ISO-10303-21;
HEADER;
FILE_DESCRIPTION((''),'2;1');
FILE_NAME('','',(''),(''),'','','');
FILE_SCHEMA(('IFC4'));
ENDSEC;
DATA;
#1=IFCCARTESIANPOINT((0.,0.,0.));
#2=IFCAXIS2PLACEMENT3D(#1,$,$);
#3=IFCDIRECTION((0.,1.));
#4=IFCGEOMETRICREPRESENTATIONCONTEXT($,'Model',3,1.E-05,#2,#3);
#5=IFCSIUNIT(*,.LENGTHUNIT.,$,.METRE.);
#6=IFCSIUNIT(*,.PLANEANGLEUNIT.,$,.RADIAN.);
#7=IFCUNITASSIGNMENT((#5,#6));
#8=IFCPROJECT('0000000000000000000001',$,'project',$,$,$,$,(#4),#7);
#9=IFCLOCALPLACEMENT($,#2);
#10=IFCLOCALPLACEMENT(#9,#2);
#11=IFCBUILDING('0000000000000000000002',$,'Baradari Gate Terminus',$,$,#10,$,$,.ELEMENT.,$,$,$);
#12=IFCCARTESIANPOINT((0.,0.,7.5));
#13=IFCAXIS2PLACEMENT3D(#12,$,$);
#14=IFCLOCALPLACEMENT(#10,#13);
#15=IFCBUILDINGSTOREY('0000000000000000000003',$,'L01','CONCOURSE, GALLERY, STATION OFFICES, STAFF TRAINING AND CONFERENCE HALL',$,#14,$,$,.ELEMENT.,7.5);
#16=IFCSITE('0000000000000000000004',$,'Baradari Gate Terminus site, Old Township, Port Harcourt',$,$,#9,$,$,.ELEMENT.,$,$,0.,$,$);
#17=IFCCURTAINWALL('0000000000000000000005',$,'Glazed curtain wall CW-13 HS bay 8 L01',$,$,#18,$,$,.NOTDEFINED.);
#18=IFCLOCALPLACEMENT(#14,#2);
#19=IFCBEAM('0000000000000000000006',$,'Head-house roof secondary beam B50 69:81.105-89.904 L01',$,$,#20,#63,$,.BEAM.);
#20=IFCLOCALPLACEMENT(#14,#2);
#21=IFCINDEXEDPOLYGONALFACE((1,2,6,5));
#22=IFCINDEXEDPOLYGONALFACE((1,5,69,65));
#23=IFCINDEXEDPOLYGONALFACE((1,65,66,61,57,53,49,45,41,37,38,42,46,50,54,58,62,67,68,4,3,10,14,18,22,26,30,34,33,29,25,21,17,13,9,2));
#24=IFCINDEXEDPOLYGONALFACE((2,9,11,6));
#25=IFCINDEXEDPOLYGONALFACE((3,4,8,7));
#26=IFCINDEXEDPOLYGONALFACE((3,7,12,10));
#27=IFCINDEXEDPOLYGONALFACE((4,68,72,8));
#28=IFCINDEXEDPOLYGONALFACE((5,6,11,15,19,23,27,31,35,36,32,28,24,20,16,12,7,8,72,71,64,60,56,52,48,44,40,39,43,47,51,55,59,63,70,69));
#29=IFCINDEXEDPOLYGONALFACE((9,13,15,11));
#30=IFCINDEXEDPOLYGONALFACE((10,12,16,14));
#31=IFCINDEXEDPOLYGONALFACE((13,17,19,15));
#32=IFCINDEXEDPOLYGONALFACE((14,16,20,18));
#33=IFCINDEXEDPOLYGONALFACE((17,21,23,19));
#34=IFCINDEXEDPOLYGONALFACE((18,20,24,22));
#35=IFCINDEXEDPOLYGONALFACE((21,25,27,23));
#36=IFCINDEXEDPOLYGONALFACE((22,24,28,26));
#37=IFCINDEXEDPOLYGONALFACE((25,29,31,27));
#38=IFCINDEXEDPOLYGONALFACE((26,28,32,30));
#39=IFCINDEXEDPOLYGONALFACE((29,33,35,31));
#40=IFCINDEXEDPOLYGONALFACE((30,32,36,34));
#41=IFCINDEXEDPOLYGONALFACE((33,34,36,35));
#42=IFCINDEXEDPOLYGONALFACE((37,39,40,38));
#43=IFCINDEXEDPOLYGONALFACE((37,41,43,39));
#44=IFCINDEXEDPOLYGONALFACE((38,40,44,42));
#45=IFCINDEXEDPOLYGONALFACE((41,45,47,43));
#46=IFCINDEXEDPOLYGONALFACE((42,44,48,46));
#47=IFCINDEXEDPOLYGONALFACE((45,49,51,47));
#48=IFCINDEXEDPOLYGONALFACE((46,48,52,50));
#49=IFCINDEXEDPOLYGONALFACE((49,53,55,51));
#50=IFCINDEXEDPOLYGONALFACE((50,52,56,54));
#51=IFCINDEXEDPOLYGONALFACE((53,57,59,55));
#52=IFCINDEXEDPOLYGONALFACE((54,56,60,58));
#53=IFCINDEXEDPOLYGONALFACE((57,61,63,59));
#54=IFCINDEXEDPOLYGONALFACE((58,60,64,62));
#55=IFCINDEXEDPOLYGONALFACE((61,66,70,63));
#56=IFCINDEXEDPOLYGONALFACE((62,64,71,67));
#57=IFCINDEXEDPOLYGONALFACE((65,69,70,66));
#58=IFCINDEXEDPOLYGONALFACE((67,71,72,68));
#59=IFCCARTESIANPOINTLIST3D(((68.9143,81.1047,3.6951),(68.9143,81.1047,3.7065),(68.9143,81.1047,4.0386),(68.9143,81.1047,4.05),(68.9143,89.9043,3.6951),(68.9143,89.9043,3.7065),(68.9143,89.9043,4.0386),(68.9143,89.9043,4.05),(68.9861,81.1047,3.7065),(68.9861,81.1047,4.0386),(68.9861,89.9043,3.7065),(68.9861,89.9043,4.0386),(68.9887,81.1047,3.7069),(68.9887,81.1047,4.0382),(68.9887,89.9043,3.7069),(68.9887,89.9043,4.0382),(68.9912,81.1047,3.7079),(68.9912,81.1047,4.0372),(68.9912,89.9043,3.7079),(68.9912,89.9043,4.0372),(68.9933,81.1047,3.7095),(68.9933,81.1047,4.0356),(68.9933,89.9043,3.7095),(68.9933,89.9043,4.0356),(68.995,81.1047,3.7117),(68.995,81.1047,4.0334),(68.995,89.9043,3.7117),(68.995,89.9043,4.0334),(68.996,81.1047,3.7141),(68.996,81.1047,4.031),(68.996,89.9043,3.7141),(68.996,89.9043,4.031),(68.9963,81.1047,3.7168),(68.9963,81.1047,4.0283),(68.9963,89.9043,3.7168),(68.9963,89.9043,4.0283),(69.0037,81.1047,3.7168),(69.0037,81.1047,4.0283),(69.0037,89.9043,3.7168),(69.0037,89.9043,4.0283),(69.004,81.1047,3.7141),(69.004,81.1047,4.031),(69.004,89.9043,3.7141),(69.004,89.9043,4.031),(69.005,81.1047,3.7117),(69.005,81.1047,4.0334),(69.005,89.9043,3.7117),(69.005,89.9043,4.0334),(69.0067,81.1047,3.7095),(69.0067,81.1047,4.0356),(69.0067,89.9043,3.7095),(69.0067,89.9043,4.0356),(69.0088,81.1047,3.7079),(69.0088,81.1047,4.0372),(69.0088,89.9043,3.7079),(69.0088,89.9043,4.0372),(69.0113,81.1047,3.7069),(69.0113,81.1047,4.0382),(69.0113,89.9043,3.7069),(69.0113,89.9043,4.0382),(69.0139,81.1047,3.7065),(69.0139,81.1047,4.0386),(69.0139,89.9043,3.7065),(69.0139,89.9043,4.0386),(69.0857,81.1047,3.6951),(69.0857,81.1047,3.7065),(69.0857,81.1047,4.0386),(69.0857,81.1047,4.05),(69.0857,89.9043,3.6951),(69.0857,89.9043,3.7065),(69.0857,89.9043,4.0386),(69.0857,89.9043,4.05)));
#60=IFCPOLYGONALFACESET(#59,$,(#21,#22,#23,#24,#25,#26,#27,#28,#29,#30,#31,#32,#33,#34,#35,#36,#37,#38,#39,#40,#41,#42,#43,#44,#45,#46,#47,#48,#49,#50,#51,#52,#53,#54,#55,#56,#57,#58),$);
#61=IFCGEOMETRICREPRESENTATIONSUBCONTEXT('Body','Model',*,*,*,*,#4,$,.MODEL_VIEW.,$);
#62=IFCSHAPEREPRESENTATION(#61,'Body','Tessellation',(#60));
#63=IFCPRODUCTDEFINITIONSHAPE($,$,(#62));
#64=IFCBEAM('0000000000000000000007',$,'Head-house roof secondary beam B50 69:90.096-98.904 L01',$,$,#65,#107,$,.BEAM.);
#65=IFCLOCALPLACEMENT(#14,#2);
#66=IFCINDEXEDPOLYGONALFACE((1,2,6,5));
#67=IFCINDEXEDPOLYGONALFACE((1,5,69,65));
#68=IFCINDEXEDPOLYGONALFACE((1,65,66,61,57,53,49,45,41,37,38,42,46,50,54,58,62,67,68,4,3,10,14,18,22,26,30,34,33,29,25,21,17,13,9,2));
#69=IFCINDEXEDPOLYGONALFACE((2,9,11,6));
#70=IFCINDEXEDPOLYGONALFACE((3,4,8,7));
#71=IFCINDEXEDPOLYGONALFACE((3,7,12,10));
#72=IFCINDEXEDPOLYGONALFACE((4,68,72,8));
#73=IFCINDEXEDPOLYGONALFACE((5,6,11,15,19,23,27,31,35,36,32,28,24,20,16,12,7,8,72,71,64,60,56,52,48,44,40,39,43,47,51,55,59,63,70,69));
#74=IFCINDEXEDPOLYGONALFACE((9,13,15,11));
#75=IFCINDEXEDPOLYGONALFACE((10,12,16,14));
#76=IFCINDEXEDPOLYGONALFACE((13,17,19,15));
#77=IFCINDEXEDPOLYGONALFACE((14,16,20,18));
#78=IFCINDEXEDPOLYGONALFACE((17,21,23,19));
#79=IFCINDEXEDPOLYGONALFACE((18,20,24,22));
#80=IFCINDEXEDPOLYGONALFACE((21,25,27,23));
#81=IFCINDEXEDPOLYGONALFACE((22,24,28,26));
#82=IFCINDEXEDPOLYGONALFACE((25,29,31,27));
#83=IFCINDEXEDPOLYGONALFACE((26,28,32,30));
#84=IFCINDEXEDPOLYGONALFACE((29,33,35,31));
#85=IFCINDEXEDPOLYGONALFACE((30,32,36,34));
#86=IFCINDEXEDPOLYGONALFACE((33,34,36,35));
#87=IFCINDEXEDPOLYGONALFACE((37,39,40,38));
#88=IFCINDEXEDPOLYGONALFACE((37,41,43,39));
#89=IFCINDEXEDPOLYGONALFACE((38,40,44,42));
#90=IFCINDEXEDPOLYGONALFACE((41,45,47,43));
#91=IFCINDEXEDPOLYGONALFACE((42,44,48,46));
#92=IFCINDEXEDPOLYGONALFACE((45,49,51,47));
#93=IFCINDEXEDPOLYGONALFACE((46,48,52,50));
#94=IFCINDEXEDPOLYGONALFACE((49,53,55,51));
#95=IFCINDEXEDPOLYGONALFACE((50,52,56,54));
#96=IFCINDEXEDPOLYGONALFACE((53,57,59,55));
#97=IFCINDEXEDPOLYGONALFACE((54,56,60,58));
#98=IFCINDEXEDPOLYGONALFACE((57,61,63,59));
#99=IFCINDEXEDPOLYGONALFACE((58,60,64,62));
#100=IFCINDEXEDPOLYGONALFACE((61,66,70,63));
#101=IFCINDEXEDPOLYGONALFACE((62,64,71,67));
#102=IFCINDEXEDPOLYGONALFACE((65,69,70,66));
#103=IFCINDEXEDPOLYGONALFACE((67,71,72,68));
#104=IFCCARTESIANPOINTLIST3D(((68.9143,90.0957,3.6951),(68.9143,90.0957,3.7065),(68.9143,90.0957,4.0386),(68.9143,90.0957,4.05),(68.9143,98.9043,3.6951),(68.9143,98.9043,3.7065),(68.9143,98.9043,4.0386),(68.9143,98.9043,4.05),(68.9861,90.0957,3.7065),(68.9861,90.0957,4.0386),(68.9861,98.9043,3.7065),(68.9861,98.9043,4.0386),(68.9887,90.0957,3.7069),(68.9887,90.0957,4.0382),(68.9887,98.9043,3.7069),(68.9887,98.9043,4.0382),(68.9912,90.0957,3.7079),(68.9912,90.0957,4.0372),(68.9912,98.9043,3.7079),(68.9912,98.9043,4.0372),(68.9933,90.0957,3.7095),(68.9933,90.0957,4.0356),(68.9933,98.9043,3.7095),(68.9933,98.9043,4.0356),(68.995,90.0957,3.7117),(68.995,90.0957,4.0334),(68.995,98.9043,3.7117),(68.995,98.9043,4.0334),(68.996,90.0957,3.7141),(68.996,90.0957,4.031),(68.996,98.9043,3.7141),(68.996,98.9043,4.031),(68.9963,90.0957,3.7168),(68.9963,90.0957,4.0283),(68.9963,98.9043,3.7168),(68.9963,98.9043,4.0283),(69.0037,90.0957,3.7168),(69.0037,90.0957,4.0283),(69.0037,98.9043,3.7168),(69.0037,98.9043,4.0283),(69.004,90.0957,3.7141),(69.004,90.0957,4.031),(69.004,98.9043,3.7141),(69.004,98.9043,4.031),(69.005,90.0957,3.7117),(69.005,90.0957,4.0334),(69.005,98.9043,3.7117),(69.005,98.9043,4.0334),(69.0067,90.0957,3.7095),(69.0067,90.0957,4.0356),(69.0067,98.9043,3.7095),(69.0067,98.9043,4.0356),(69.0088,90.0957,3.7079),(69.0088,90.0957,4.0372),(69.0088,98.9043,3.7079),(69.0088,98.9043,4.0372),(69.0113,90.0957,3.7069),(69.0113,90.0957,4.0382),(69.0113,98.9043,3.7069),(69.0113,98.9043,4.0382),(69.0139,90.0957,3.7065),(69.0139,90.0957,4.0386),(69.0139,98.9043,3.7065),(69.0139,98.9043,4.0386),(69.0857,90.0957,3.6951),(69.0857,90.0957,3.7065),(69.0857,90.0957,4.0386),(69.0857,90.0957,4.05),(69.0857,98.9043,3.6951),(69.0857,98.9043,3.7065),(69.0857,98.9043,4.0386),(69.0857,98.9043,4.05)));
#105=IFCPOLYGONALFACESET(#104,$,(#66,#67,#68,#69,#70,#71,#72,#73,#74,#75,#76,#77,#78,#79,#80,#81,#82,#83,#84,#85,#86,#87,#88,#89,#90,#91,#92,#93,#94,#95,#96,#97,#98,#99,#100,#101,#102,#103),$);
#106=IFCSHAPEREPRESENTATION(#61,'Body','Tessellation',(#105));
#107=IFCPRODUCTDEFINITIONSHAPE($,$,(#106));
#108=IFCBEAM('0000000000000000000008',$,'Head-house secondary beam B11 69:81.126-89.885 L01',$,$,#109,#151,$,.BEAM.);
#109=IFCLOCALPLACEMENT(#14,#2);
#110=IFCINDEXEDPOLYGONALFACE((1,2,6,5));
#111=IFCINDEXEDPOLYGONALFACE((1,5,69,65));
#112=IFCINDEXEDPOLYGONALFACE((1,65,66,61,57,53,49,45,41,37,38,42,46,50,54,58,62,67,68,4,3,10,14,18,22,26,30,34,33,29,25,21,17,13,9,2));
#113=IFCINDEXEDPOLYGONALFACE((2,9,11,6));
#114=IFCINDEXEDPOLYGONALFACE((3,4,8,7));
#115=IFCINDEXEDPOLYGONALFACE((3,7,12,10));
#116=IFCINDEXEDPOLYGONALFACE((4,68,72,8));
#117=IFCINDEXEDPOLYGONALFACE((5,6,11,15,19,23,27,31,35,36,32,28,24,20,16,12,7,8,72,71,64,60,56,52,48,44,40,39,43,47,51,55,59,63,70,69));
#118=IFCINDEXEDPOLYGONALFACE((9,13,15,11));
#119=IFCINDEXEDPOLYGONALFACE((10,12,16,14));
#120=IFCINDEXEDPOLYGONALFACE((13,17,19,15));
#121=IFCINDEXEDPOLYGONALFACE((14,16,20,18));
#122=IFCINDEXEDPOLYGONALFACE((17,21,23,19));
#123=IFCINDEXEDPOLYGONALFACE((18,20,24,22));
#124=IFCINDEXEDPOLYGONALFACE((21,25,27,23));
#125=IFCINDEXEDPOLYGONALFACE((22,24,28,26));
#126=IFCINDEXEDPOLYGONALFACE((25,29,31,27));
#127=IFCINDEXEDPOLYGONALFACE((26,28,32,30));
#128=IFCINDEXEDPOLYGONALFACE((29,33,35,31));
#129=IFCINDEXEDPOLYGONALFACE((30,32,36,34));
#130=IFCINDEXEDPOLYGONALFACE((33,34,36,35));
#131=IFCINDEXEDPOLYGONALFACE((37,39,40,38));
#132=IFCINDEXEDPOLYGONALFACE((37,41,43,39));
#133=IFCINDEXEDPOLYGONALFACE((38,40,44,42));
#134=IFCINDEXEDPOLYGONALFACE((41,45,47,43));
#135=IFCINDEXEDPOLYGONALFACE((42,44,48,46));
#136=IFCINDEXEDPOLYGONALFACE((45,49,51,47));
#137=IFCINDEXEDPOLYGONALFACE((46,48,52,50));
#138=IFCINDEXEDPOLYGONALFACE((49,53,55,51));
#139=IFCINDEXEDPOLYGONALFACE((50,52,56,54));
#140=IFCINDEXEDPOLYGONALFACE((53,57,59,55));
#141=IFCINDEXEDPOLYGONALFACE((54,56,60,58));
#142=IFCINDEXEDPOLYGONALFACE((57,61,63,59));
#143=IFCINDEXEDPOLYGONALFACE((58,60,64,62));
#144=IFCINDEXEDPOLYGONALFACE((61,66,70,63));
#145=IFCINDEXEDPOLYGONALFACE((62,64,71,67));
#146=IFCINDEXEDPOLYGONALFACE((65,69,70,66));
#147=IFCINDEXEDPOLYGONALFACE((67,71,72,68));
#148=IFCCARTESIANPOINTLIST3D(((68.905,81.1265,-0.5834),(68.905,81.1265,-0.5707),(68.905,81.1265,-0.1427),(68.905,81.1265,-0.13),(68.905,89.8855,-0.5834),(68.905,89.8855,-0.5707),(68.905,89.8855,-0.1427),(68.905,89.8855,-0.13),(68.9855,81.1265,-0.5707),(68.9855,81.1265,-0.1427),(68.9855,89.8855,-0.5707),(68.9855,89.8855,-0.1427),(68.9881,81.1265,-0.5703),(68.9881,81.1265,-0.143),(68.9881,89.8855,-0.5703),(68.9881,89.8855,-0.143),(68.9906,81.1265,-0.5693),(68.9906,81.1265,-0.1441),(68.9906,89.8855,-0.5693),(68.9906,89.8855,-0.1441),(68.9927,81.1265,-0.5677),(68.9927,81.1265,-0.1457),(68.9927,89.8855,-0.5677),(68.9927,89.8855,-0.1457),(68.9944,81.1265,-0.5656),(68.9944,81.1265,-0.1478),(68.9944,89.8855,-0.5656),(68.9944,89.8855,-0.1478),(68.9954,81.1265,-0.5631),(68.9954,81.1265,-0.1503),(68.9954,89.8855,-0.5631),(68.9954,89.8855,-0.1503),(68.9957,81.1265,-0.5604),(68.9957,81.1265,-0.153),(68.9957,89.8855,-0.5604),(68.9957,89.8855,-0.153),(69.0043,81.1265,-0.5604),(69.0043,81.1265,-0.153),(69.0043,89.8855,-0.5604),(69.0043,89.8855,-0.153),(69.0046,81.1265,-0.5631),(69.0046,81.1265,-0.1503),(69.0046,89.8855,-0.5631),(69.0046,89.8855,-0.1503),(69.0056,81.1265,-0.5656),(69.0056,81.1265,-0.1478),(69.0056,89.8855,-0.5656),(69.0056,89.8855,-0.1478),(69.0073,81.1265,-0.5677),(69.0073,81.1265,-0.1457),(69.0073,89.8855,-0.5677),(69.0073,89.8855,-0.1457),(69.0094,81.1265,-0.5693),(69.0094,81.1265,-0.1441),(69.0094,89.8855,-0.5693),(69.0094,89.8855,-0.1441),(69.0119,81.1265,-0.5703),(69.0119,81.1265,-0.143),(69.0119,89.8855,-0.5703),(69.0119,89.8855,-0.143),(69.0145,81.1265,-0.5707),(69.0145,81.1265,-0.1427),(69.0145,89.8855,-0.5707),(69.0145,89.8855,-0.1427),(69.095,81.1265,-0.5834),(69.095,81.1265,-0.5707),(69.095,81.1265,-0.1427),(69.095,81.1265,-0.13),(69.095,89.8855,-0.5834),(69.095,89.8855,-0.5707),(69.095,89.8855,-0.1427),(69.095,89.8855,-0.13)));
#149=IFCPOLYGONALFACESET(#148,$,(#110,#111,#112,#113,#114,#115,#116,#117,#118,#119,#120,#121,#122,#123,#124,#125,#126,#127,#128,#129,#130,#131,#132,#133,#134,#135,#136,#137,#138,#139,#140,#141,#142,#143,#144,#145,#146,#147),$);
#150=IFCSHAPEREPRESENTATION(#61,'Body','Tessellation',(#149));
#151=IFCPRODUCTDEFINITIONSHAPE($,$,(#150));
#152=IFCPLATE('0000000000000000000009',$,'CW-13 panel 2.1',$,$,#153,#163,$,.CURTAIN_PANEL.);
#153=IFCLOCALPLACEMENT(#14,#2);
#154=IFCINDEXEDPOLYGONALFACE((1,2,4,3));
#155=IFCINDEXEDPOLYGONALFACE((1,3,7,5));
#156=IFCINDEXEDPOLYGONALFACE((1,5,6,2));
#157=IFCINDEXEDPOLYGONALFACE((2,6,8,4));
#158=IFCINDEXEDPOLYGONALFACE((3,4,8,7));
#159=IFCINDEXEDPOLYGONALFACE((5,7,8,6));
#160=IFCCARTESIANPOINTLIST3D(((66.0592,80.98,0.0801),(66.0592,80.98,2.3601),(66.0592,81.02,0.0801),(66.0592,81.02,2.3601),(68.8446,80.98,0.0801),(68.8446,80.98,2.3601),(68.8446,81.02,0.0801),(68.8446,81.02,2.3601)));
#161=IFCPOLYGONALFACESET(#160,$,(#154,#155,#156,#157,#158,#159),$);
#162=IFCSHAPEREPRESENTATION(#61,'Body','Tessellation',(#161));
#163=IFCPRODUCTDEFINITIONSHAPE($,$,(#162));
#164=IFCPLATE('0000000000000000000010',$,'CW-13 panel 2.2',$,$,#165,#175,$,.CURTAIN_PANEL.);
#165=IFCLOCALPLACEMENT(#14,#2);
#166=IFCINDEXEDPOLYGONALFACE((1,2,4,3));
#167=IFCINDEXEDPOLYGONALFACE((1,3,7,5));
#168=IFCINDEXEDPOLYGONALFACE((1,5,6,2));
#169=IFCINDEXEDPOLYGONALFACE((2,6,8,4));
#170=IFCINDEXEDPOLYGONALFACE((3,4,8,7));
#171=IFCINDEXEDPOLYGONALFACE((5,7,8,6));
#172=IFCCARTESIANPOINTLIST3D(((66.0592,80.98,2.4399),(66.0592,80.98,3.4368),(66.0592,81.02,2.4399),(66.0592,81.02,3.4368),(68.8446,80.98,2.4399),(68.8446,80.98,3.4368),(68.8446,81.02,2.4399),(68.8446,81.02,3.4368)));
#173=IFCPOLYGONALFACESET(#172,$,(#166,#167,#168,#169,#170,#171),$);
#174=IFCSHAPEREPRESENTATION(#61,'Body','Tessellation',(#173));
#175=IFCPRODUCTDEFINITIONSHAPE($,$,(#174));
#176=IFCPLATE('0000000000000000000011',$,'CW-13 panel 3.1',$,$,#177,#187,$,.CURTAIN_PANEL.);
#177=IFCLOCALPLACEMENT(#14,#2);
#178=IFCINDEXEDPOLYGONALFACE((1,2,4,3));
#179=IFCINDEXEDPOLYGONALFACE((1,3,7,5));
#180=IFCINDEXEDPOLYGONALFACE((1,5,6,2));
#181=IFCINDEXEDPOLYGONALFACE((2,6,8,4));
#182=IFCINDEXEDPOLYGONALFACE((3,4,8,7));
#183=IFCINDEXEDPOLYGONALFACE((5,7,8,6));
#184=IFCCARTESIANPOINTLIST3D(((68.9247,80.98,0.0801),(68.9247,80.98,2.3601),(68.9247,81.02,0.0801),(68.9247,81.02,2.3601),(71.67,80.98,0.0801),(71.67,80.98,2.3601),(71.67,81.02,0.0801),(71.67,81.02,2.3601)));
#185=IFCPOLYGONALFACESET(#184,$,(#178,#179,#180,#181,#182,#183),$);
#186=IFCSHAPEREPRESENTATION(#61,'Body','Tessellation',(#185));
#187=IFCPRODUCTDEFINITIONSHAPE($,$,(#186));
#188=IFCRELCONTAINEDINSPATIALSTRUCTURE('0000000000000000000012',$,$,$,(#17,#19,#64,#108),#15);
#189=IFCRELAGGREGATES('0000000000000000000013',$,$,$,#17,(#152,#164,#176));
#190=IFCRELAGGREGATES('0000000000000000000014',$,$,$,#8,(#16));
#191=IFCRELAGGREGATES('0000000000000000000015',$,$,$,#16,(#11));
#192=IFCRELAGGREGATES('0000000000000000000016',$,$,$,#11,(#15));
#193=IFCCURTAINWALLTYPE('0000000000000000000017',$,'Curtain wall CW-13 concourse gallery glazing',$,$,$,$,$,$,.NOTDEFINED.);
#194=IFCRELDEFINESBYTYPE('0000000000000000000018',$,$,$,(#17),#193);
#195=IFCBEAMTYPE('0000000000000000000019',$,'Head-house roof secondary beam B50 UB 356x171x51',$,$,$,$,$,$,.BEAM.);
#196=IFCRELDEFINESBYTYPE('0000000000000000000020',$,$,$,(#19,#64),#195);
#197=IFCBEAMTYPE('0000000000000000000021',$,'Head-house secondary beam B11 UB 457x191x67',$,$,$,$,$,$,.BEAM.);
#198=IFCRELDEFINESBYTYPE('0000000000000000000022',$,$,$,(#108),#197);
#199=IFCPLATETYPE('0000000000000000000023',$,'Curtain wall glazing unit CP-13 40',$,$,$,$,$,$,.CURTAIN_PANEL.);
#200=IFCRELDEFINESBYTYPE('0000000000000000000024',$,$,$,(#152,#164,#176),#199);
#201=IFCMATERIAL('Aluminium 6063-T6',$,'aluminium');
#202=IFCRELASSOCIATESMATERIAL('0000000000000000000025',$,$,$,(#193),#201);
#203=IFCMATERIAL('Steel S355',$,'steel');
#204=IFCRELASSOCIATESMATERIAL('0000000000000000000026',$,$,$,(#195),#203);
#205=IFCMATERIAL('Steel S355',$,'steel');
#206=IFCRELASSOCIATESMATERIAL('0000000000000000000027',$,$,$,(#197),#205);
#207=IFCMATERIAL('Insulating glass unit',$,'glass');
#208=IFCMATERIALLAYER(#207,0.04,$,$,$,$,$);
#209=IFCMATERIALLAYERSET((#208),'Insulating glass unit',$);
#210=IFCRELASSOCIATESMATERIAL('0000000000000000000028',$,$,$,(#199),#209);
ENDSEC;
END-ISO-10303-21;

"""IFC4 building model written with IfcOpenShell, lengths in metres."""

from ifc_helpers import new_model, si_unit, direction, frame, origin, origin_2d, place, context, subcontext, project, spatial, rectangle, i_section, extrude, material, layer, layer_set, material_profile, profile_set, type_object, element, aggregate, save


model = new_model("IFC4")

# Units and contexts
model_context = context("Model", 3, precision=1e-05, world=origin(), true_north=direction((0.0, 1.0)))
body_context = subcontext(model_context, "Body", "Model", "MODEL_VIEW")
ifc_project = project(units=[si_unit("LENGTHUNIT", "METRE"), si_unit("PLANEANGLEUNIT", "RADIAN")], contexts=[model_context])

# Site, building, storey
site_placement = place(None, origin())
site = spatial("IfcSite", under=ifc_project, at=site_placement, Name="Baradari Gate Terminus site, Old Township, Port Harcourt", CompositionType="ELEMENT", RefElevation=0.0)
building_placement = place(site_placement, origin())
building = spatial("IfcBuilding", under=site, at=building_placement, Name="Baradari Gate Terminus", CompositionType="ELEMENT")
storey_placement = place(building_placement, frame((0.0, 0.0, 7.5)))
storey = spatial("IfcBuildingStorey", under=building, at=storey_placement, Name="L01", Description="CONCOURSE, GALLERY, STATION OFFICES, STAFF TRAINING AND CONFERENCE HALL", CompositionType="ELEMENT", Elevation=7.5)

# Curtain wall
ifc_material_1 = material(Name="Aluminium 6063-T6", Category="aluminium")
curtain_wall_type = type_object("IfcCurtainWallType", Name="Curtain wall CW-13 concourse gallery glazing", PredefinedType="NOTDEFINED", material=ifc_material_1)
curtain_wall_placement = place(storey_placement, origin())
curtain_wall = element("IfcCurtainWall", 1, at=curtain_wall_placement, inside=storey, type_object=curtain_wall_type, Name="Glazed curtain wall CW-13 HS bay 8 L01", PredefinedType="NOTDEFINED")

# Beams
ifc_material_2 = material(Name="Steel S355", Category="steel")
ifc_material_profile_1 = material_profile(ifc_material_2, i_section(OverallWidth=0.1714, OverallDepth=0.355, WebThickness=0.0073, FlangeThickness=0.0115, FilletRadius=0.0103, at=origin_2d()), Name="UB 356x171x51")
ifc_profile_set_1 = profile_set([ifc_material_profile_1], Name="Steel S355")
beam_type_1 = type_object("IfcBeamType", Name="Head-house roof secondary beam B50 UB 356x171x51", PredefinedType="BEAM", material=ifc_profile_set_1)
beam_1_placement = place(storey_placement, frame((69.0, 81.1047, 3.8726), z_axis=(0.0, 1.0, 0.0), x_axis=(-1.0, 0.0, 0.0)))
element("IfcBeam", 2, at=beam_1_placement, inside=storey, type_object=beam_type_1, Name="Head-house roof secondary beam B50 69:81.105-89.904 L01", PredefinedType="BEAM", context=body_context, shape_type="SweptSolid", body=[
    extrude(i_section(OverallWidth=0.1714, OverallDepth=0.355, WebThickness=0.0073, FlangeThickness=0.0115, FilletRadius=0.0103, at=origin_2d()), origin(), (0.0, 0.0, 1.0), 8.7996),
])
beam_2_placement = place(storey_placement, frame((69.0, 90.0957, 3.8726), z_axis=(0.0, 1.0, 0.0), x_axis=(-1.0, 0.0, 0.0)))
element("IfcBeam", 3, at=beam_2_placement, inside=storey, type_object=beam_type_1, Name="Head-house roof secondary beam B50 69:90.096-98.904 L01", PredefinedType="BEAM", context=body_context, shape_type="SweptSolid", body=[
    extrude(i_section(OverallWidth=0.1714, OverallDepth=0.355, WebThickness=0.0073, FlangeThickness=0.0115, FilletRadius=0.0103, at=origin_2d()), origin(), (0.0, 0.0, 1.0), 8.8086),
])
ifc_material_3 = material(Name="Steel S355", Category="steel")
ifc_material_profile_2 = material_profile(ifc_material_3, i_section(OverallWidth=0.1899, OverallDepth=0.4534, WebThickness=0.0085, FlangeThickness=0.0127, FilletRadius=0.0103, at=origin_2d()), Name="UB 457x191x67")
ifc_profile_set_2 = profile_set([ifc_material_profile_2], Name="Steel S355")
beam_type_2 = type_object("IfcBeamType", Name="Head-house secondary beam B11 UB 457x191x67", PredefinedType="BEAM", material=ifc_profile_set_2)
beam_3_placement = place(storey_placement, frame((69.0, 81.1265, -0.3567), z_axis=(0.0, 1.0, 0.0), x_axis=(-1.0, 0.0, 0.0)))
element("IfcBeam", 4, at=beam_3_placement, inside=storey, type_object=beam_type_2, Name="Head-house secondary beam B11 69:81.126-89.885 L01", PredefinedType="BEAM", context=body_context, shape_type="SweptSolid", body=[
    extrude(i_section(OverallWidth=0.1899, OverallDepth=0.4534, WebThickness=0.0085, FlangeThickness=0.0127, FilletRadius=0.0103, at=origin_2d()), origin(), (0.0, 0.0, 1.0), 8.759),
])

# Plates
ifc_material_4 = material(Name="Insulating glass unit", Category="glass")
ifc_layer_1 = layer(ifc_material_4, 0.04)
ifc_layer_set_1 = layer_set([ifc_layer_1], Name="Insulating glass unit")
plate_type = type_object("IfcPlateType", Name="Curtain wall glazing unit CP-13 40", PredefinedType="CURTAIN_PANEL", material=ifc_layer_set_1)
plate_1_placement = place(storey_placement, frame((67.4519, 81.0, 0.0801), z_axis=(0.0, 0.0, 1.0), x_axis=(1.0, 0.0, 0.0)))
plate_1 = element("IfcPlate", 5, at=plate_1_placement, type_object=plate_type, Name="CW-13 panel 2.1", PredefinedType="CURTAIN_PANEL", context=body_context, shape_type="SweptSolid", body=[
    extrude(rectangle(XDim=2.7854, YDim=0.04, at=origin_2d()), origin(), (0.0, 0.0, 1.0), 2.28),
])
plate_2_placement = place(storey_placement, frame((67.4519, 81.0, 2.4399), z_axis=(0.0, 0.0, 1.0), x_axis=(1.0, 0.0, 0.0)))
plate_2 = element("IfcPlate", 6, at=plate_2_placement, type_object=plate_type, Name="CW-13 panel 2.2", PredefinedType="CURTAIN_PANEL", context=body_context, shape_type="SweptSolid", body=[
    extrude(rectangle(XDim=2.7854, YDim=0.04, at=origin_2d()), origin(), (0.0, 0.0, 1.0), 0.9968),
])
plate_3_placement = place(storey_placement, frame((70.2974, 81.0, 0.0801), z_axis=(0.0, 0.0, 1.0), x_axis=(1.0, 0.0, 0.0)))
plate_3 = element("IfcPlate", 7, at=plate_3_placement, type_object=plate_type, Name="CW-13 panel 3.1", PredefinedType="CURTAIN_PANEL", context=body_context, shape_type="SweptSolid", body=[
    extrude(rectangle(XDim=2.7454, YDim=0.04, at=origin_2d()), origin(), (0.0, 0.0, 1.0), 2.28),
])
aggregate(curtain_wall, [plate_1, plate_2, plate_3])

save(model, "model.ifc")
